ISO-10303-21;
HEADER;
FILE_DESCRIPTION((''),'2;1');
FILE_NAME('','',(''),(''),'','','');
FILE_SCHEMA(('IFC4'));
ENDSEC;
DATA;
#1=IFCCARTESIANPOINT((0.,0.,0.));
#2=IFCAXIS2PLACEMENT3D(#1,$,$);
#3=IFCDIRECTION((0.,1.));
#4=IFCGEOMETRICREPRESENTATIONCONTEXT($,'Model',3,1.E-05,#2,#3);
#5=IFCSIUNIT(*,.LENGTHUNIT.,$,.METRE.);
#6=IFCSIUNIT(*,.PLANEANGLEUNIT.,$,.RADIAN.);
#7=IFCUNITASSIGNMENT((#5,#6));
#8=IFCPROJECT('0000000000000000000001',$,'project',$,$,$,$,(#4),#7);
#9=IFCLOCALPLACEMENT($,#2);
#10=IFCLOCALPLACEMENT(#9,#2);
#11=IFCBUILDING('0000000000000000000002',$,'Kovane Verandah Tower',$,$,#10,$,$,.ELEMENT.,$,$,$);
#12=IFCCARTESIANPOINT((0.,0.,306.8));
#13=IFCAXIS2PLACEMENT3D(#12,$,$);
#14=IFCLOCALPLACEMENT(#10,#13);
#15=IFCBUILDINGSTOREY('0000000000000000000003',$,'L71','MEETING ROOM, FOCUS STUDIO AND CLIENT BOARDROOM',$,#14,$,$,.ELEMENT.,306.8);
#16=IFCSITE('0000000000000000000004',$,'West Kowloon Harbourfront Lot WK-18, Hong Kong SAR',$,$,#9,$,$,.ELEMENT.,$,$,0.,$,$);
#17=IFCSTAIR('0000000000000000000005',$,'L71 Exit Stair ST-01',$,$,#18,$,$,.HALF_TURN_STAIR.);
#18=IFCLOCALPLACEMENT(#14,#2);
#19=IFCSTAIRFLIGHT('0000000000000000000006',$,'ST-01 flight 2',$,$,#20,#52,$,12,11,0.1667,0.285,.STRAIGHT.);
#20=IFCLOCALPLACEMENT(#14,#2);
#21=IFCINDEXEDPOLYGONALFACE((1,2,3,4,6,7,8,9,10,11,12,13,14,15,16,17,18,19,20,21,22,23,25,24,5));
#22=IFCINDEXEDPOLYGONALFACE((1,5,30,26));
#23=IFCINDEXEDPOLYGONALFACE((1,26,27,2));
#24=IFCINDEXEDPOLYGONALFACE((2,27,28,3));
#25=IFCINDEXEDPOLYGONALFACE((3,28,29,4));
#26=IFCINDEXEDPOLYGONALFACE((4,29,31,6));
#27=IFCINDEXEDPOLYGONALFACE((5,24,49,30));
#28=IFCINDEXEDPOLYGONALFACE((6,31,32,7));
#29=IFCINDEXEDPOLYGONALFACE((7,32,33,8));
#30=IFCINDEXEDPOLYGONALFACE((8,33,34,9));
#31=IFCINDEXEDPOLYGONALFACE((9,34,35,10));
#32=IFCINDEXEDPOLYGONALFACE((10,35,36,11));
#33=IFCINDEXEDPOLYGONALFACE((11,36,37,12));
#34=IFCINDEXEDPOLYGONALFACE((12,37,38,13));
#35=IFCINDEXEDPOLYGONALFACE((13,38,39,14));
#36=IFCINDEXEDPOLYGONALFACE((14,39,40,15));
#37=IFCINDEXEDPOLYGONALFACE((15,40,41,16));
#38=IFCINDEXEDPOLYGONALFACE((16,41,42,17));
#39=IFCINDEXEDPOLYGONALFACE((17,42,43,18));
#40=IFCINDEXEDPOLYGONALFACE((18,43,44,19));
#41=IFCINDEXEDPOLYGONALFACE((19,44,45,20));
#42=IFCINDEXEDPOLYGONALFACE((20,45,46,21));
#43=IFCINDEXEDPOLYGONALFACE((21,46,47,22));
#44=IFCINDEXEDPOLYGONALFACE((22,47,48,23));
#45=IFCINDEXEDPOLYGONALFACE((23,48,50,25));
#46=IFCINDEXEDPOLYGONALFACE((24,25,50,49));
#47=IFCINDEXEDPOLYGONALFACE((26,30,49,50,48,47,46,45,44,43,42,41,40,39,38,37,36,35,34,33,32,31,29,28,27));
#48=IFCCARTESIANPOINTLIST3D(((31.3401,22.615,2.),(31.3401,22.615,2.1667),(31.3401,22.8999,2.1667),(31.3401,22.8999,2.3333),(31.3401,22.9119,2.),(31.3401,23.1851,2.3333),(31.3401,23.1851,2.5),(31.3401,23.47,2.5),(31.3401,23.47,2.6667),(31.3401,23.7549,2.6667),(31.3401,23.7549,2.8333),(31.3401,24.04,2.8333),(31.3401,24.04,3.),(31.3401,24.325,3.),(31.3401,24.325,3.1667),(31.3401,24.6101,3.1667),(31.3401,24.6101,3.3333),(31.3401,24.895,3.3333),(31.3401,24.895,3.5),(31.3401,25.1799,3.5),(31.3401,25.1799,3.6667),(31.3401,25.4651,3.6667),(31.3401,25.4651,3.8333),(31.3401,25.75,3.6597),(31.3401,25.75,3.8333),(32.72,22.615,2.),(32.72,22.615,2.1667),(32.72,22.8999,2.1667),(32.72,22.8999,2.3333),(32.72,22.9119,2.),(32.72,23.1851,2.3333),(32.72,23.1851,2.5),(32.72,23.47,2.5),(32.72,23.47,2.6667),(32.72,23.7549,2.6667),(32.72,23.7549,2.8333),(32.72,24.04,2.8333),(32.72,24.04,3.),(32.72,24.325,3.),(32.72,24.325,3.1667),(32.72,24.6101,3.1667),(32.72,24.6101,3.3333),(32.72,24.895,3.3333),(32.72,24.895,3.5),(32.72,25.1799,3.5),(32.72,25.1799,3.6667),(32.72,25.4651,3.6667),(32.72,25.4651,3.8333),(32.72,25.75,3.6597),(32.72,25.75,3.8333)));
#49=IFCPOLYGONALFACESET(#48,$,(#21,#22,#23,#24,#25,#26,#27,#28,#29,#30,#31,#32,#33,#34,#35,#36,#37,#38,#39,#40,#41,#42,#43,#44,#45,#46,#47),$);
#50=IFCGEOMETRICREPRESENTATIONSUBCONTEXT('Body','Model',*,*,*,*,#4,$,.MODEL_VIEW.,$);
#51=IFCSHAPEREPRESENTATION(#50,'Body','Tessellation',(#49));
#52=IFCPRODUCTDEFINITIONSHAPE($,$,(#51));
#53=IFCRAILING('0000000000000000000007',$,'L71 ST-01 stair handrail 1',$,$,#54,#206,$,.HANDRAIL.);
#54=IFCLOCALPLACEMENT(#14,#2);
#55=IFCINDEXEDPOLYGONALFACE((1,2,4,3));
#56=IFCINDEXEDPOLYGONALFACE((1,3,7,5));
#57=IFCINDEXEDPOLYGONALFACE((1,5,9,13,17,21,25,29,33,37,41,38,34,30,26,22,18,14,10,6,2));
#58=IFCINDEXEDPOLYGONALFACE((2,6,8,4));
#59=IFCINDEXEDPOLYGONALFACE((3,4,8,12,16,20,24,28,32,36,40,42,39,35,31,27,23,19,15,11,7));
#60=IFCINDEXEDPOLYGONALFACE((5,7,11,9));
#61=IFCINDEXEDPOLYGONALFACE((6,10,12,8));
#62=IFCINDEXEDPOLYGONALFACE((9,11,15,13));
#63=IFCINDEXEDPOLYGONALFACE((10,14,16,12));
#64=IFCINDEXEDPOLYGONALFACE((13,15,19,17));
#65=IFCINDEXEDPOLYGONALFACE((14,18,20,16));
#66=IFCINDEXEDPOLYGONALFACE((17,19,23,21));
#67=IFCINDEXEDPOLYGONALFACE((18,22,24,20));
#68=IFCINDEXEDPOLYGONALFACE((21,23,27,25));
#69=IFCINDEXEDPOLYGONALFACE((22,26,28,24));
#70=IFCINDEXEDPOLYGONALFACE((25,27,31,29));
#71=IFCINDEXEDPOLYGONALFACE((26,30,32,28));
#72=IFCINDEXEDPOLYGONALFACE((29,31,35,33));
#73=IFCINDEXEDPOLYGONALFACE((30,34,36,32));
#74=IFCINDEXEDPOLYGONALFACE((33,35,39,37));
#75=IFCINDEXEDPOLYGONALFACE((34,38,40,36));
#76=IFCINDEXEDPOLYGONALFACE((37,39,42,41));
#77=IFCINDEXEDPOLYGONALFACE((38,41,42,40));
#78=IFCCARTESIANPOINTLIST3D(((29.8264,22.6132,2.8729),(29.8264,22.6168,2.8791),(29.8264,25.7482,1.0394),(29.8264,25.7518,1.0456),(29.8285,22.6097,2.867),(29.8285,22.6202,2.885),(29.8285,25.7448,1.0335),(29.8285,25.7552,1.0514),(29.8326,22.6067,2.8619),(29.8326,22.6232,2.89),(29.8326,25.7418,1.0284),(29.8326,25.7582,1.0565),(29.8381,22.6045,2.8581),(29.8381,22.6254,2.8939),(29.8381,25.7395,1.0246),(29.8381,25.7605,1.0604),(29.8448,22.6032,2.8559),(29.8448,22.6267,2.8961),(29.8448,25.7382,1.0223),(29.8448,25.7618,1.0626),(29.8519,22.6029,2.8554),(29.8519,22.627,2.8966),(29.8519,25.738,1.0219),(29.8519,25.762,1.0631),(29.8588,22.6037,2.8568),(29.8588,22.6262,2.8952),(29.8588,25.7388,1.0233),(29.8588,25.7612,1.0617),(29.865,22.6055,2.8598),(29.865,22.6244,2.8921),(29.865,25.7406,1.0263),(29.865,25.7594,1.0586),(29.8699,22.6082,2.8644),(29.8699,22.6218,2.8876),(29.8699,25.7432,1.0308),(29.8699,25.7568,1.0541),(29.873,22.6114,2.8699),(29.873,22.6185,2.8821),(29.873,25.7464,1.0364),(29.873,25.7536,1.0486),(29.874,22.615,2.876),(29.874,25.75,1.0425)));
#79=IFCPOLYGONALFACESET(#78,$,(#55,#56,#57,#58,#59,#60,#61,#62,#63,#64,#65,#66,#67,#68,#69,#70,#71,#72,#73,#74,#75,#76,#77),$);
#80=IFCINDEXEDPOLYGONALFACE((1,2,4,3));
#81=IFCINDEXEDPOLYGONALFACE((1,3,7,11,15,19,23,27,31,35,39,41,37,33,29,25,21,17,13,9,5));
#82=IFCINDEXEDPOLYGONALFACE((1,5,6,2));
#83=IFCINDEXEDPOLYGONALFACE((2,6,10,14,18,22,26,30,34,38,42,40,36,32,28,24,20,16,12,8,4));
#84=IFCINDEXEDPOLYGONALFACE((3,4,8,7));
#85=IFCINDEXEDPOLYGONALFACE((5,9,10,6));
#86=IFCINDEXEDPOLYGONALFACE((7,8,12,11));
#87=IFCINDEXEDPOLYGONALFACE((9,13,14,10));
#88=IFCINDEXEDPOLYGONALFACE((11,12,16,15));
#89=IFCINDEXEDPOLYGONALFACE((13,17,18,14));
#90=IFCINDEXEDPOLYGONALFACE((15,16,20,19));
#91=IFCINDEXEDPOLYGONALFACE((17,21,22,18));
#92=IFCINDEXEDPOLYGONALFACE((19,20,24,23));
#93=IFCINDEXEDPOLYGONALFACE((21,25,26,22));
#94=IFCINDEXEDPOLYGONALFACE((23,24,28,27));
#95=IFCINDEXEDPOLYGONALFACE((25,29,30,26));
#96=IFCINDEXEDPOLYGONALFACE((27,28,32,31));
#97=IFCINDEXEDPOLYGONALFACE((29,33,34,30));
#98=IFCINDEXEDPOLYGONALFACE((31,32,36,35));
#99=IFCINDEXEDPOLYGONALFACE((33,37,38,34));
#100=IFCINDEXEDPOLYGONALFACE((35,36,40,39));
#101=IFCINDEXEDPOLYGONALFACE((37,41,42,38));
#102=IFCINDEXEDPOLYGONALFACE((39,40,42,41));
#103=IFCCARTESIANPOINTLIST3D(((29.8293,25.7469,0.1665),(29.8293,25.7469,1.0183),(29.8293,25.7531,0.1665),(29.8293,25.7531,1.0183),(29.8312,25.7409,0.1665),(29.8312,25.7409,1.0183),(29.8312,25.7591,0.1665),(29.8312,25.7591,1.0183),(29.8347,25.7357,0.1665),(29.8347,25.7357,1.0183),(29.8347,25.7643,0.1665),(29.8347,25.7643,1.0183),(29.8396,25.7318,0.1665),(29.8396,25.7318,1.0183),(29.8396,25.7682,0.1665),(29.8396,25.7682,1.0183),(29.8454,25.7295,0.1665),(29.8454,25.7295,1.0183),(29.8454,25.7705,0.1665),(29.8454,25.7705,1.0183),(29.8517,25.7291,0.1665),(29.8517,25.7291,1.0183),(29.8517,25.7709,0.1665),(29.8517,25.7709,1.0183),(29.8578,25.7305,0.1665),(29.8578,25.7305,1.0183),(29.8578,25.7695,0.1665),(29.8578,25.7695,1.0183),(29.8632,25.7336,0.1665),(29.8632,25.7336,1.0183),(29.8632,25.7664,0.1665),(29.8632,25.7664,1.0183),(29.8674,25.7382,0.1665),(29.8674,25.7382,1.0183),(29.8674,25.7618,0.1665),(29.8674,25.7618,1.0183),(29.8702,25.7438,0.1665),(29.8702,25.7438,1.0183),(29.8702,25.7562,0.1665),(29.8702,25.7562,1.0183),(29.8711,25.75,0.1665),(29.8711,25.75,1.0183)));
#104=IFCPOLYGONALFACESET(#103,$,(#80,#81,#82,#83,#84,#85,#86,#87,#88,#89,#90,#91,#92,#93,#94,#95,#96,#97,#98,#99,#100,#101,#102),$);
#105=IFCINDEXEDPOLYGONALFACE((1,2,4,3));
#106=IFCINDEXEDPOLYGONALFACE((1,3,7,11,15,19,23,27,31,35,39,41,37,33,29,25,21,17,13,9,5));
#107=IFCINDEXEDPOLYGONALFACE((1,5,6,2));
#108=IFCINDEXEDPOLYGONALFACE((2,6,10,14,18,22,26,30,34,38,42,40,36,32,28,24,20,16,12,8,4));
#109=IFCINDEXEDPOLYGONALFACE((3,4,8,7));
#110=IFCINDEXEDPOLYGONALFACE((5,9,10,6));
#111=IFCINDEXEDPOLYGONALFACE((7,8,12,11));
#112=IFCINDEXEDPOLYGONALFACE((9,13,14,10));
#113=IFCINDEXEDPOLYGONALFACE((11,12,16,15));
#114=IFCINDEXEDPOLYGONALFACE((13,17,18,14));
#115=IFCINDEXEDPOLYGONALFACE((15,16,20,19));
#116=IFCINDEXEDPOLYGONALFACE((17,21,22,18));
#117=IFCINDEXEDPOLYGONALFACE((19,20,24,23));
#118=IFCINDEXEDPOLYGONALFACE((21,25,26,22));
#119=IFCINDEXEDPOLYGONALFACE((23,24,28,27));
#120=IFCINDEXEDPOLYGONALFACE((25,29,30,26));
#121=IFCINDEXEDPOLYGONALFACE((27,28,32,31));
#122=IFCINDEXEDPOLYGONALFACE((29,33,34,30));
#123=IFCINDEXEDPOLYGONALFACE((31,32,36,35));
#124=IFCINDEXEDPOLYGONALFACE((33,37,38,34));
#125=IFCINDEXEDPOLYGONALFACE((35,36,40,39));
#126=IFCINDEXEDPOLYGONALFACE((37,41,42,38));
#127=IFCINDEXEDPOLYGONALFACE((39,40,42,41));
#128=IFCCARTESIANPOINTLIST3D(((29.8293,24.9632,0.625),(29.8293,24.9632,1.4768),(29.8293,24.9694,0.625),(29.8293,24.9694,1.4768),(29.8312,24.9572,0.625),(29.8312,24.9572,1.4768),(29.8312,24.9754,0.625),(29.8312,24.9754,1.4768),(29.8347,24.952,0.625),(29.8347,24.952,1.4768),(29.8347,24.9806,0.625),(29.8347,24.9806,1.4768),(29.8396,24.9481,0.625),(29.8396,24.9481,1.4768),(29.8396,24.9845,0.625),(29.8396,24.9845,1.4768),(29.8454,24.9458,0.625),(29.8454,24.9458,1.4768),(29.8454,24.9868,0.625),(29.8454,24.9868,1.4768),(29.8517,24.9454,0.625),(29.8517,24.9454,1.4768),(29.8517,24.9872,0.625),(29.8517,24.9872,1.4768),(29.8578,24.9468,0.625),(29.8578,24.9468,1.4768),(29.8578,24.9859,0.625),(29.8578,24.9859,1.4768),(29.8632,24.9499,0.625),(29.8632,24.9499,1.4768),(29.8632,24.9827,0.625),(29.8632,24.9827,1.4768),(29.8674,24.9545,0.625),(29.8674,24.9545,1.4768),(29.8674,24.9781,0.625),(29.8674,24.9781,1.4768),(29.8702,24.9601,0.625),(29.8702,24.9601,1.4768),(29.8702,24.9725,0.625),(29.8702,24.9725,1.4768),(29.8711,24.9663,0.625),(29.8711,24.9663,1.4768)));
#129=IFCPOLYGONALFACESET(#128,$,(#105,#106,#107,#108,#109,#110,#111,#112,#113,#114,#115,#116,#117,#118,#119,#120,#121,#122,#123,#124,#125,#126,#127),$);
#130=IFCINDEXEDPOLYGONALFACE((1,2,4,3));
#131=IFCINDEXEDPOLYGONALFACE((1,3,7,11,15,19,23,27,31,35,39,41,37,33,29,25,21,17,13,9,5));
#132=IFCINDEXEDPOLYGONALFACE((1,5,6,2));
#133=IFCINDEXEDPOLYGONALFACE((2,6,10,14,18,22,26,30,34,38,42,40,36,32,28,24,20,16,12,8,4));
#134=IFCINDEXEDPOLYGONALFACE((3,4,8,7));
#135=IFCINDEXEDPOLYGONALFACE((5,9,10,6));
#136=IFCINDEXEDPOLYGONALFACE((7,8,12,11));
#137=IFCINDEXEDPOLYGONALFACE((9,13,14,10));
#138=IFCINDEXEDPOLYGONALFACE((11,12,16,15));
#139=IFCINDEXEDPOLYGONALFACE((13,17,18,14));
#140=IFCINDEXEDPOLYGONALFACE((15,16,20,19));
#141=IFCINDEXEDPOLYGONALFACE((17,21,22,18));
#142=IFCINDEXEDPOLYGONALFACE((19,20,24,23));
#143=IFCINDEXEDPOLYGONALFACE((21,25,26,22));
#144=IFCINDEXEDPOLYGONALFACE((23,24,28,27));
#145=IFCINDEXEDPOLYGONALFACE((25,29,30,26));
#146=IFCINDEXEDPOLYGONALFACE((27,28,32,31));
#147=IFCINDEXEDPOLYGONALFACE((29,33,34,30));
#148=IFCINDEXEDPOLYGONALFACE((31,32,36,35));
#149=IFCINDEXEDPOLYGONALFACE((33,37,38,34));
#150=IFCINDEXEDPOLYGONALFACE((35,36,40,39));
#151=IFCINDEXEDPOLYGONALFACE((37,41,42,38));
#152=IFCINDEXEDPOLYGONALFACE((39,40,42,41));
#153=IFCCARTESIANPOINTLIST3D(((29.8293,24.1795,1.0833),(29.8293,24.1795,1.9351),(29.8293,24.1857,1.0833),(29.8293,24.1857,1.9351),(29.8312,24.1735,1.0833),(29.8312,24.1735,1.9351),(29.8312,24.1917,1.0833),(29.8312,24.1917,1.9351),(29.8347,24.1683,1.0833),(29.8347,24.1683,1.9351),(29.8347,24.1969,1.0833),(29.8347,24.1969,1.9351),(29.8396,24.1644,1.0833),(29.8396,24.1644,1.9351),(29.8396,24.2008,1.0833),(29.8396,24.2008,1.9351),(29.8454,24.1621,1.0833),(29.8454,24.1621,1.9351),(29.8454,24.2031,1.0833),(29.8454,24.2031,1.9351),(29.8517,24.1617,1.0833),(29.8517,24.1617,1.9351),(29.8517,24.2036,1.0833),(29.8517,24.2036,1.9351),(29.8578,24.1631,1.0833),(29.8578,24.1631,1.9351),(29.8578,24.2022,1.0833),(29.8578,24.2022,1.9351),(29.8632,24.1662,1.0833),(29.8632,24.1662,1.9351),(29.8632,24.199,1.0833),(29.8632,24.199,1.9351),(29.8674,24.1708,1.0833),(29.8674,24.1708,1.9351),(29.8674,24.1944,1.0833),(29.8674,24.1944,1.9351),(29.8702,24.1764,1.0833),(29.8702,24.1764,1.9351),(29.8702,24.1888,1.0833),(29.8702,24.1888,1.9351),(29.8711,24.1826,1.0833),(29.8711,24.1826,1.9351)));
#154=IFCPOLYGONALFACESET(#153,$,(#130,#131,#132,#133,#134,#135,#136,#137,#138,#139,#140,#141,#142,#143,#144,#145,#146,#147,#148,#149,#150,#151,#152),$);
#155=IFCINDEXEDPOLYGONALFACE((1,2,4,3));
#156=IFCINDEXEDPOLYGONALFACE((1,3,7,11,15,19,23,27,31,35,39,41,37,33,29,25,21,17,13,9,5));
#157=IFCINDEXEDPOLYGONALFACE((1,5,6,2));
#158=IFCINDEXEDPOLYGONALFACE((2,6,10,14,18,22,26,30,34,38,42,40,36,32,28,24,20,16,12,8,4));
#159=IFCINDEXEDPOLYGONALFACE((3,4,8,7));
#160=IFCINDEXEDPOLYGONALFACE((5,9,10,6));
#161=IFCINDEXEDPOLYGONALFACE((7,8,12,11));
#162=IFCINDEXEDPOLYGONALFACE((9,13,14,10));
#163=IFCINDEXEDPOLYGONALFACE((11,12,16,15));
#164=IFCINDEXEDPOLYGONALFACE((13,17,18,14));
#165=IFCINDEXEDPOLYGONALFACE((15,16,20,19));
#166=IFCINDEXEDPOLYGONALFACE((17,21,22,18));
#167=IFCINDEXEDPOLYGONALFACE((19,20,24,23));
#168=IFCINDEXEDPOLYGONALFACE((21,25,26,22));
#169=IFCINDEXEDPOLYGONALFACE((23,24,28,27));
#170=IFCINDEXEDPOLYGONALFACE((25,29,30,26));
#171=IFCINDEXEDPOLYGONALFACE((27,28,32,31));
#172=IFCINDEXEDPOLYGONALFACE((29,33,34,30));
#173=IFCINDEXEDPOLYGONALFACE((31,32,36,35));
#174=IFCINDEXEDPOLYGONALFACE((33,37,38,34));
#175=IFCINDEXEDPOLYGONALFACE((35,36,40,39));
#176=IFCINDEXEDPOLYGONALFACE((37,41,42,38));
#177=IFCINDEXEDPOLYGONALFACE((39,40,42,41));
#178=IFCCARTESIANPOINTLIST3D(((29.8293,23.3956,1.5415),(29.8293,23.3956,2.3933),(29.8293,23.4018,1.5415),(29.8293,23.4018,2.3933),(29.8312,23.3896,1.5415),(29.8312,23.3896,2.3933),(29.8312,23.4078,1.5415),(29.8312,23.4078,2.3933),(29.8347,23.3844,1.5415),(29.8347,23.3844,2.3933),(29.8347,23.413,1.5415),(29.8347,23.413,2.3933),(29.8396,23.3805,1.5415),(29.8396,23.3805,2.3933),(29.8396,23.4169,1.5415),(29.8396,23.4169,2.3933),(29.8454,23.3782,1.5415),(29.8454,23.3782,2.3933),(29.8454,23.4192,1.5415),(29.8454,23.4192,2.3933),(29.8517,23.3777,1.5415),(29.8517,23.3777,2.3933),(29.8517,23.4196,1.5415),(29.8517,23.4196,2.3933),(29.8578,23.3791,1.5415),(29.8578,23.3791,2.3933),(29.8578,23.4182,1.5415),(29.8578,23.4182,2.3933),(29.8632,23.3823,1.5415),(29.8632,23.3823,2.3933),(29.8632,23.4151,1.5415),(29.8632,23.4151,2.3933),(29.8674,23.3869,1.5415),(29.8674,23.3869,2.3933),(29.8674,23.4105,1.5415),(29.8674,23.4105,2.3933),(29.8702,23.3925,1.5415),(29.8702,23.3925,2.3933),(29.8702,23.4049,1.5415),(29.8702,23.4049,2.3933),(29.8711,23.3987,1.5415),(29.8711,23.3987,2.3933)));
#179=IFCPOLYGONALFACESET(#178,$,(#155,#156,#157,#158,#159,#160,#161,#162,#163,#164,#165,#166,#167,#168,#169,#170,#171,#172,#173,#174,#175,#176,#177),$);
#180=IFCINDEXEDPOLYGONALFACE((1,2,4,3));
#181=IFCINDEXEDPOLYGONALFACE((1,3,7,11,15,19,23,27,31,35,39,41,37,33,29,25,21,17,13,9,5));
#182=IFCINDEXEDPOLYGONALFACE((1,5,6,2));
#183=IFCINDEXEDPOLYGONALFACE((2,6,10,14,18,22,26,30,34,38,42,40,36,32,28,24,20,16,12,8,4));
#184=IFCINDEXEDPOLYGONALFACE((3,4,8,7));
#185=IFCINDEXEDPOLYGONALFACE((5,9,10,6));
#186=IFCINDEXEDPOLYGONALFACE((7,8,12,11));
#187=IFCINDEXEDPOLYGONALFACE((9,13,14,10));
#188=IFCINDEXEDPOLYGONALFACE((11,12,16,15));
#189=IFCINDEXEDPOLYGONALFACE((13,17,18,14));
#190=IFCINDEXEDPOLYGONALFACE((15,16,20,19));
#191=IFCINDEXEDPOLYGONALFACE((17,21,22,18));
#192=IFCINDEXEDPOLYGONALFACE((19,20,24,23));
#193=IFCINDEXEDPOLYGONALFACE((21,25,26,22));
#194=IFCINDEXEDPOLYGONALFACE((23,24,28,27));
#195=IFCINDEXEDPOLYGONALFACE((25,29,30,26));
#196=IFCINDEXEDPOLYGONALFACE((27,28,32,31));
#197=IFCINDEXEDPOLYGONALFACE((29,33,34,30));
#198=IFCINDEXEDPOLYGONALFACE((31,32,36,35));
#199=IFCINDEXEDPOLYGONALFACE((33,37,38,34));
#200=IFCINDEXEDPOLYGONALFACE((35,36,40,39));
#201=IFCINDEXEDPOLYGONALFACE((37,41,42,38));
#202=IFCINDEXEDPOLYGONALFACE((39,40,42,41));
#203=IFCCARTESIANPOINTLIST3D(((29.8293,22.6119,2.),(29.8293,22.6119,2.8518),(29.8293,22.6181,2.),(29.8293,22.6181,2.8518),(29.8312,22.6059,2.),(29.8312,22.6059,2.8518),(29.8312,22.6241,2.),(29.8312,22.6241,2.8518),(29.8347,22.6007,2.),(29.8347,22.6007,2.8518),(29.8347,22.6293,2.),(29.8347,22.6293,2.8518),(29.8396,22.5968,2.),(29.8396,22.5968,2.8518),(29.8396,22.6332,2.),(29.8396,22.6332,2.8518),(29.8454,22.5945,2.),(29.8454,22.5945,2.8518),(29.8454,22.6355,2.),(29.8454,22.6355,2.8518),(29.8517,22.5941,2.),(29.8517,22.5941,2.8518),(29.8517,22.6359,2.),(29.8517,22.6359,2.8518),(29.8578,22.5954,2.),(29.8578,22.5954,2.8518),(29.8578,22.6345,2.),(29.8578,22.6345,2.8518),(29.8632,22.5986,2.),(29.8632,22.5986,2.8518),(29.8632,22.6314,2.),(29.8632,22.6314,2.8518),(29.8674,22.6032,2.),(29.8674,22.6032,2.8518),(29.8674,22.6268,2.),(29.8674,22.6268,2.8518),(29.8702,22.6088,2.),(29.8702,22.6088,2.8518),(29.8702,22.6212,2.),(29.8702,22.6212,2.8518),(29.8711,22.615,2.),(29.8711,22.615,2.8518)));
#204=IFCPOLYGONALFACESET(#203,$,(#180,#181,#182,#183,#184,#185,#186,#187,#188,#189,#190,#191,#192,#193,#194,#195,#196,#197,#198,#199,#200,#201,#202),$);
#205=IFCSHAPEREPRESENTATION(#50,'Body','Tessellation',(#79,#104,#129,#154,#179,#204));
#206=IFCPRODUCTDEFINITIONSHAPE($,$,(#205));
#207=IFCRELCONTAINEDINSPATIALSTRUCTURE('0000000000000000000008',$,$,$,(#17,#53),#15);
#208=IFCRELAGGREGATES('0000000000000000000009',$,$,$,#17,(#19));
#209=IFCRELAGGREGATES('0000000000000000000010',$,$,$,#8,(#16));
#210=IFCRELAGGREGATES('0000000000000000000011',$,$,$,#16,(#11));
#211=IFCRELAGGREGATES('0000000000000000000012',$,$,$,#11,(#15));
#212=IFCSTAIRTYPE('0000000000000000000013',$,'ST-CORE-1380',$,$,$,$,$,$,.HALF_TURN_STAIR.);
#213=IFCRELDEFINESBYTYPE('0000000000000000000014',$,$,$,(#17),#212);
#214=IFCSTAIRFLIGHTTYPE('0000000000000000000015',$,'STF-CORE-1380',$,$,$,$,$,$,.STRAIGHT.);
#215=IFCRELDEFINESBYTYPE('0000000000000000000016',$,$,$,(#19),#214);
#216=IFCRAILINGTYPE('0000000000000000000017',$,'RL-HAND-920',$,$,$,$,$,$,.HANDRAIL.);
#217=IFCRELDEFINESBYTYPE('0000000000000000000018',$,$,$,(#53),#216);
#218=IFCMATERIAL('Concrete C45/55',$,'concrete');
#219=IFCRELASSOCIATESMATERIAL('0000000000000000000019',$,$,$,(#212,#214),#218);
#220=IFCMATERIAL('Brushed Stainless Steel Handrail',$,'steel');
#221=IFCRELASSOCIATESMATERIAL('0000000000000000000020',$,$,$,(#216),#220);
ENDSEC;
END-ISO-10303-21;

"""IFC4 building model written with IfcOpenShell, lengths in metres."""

from ifc_helpers import new_model, si_unit, direction, frame, origin, origin_2d, place, context, subcontext, project, spatial, polyline, circle, outline, extrude, material, type_object, element, aggregate, save


model = new_model("IFC4")

# Units and contexts
model_context = context("Model", 3, precision=1e-05, world=origin(), true_north=direction((0.0, 1.0)))
body_context = subcontext(model_context, "Body", "Model", "MODEL_VIEW")
ifc_project = project(units=[si_unit("LENGTHUNIT", "METRE"), si_unit("PLANEANGLEUNIT", "RADIAN")], contexts=[model_context])

# Site, building, storey
site_placement = place(None, origin())
site = spatial("IfcSite", under=ifc_project, at=site_placement, Name="West Kowloon Harbourfront Lot WK-18, Hong Kong SAR", CompositionType="ELEMENT", RefElevation=0.0)
building_placement = place(site_placement, origin())
building = spatial("IfcBuilding", under=site, at=building_placement, Name="Kovane Verandah Tower", CompositionType="ELEMENT")
storey_placement = place(building_placement, frame((0.0, 0.0, 306.8)))
storey = spatial("IfcBuildingStorey", under=building, at=storey_placement, Name="L71", Description="MEETING ROOM, FOCUS STUDIO AND CLIENT BOARDROOM", CompositionType="ELEMENT", Elevation=306.8)

# Shared definitions
ifc_material_1 = material(Name="Concrete C45/55", Category="concrete")

# Stair, stair flight
stair_type = type_object("IfcStairType", Name="ST-CORE-1380", PredefinedType="HALF_TURN_STAIR", material=ifc_material_1)
stair_placement = place(storey_placement, origin())
stair = element("IfcStair", 1, at=stair_placement, inside=storey, type_object=stair_type, Name="L71 Exit Stair ST-01", PredefinedType="HALF_TURN_STAIR")
stair_flight_type = type_object("IfcStairFlightType", Name="STF-CORE-1380", PredefinedType="STRAIGHT", material=ifc_material_1)
stair_flight_1_placement = place(storey_placement, frame((32.03, 22.615, 2.0), z_axis=(0.0, 0.0, 1.0), x_axis=(0.0, 1.0, 0.0)))
stair_flight_1 = element("IfcStairFlight", 2, at=stair_flight_1_placement, type_object=stair_flight_type, Name="ST-01 flight 2", NumberOfRisers=12, NumberOfTreads=11, PredefinedType="STRAIGHT", RiserHeight=0.1667, TreadLength=0.285, context=body_context, shape_type="SweptSolid", body=[
    extrude(outline(polyline([(0.0, 0.0), (0.0, 0.1667), (0.2849, 0.1667), (0.2849, 0.3333), (0.5701, 0.3333), (0.5701, 0.5), (0.855, 0.5), (0.855, 0.6667), (1.1399, 0.6667), (1.1399, 0.8333), (1.425, 0.8333), (1.425, 1.0), (1.71, 1.0), (1.71, 1.1667), (1.9951, 1.1667), (1.9951, 1.3333), (2.28, 1.3333), (2.28, 1.5), (2.5649, 1.5), (2.5649, 1.6667), (2.8501, 1.6667), (2.8501, 1.8333), (3.135, 1.8333), (3.135, 2.0), (3.135, 1.6597), (0.2969, 0.0), (0.0, 0.0)])), frame((0.0, 0.6899, 0.0), z_axis=(0.0, -1.0, 0.0), x_axis=(1.0, 0.0, 0.0)), (0.0, 0.0, 1.0), 1.3799),
])
aggregate(stair, [stair_flight_1])

# Railing
ifc_material_2 = material(Name="Brushed Stainless Steel Handrail", Category="steel")
railing_type_1 = type_object("IfcRailingType", Name="RL-HAND-920", PredefinedType="HANDRAIL", material=ifc_material_2)
railing_1_placement = place(storey_placement, frame((29.8501, 25.75, 0.1665)))
element("IfcRailing", 3, at=railing_1_placement, inside=storey, type_object=railing_type_1, Name="L71 ST-01 stair handrail 1", PredefinedType="HANDRAIL", context=body_context, shape_type="SweptSolid", body=[
    extrude(circle(Radius=0.0239, at=origin_2d()), frame((0.0, 0.0, 0.876), z_axis=(0.0, -0.86321, 0.504845), x_axis=(1.0, 0.0, 0.0)), (0.0, 0.0, 1.0), 3.6318),
    extrude(circle(Radius=0.021, at=origin_2d()), origin(), (0.0, 0.0, 1.0), 0.8518),
    extrude(circle(Radius=0.021, at=origin_2d()), frame((0.0, -0.7837, 0.4585)), (0.0, 0.0, 1.0), 0.8518),
    extrude(circle(Radius=0.021, at=origin_2d()), frame((0.0, -1.5674, 0.9167)), (0.0, 0.0, 1.0), 0.8518),
    extrude(circle(Radius=0.021, at=origin_2d()), frame((0.0, -2.3513, 1.375)), (0.0, 0.0, 1.0), 0.8518),
    extrude(circle(Radius=0.021, at=origin_2d()), frame((0.0, -3.135, 1.8335)), (0.0, 0.0, 1.0), 0.8518),
])

save(model, "model.ifc")
